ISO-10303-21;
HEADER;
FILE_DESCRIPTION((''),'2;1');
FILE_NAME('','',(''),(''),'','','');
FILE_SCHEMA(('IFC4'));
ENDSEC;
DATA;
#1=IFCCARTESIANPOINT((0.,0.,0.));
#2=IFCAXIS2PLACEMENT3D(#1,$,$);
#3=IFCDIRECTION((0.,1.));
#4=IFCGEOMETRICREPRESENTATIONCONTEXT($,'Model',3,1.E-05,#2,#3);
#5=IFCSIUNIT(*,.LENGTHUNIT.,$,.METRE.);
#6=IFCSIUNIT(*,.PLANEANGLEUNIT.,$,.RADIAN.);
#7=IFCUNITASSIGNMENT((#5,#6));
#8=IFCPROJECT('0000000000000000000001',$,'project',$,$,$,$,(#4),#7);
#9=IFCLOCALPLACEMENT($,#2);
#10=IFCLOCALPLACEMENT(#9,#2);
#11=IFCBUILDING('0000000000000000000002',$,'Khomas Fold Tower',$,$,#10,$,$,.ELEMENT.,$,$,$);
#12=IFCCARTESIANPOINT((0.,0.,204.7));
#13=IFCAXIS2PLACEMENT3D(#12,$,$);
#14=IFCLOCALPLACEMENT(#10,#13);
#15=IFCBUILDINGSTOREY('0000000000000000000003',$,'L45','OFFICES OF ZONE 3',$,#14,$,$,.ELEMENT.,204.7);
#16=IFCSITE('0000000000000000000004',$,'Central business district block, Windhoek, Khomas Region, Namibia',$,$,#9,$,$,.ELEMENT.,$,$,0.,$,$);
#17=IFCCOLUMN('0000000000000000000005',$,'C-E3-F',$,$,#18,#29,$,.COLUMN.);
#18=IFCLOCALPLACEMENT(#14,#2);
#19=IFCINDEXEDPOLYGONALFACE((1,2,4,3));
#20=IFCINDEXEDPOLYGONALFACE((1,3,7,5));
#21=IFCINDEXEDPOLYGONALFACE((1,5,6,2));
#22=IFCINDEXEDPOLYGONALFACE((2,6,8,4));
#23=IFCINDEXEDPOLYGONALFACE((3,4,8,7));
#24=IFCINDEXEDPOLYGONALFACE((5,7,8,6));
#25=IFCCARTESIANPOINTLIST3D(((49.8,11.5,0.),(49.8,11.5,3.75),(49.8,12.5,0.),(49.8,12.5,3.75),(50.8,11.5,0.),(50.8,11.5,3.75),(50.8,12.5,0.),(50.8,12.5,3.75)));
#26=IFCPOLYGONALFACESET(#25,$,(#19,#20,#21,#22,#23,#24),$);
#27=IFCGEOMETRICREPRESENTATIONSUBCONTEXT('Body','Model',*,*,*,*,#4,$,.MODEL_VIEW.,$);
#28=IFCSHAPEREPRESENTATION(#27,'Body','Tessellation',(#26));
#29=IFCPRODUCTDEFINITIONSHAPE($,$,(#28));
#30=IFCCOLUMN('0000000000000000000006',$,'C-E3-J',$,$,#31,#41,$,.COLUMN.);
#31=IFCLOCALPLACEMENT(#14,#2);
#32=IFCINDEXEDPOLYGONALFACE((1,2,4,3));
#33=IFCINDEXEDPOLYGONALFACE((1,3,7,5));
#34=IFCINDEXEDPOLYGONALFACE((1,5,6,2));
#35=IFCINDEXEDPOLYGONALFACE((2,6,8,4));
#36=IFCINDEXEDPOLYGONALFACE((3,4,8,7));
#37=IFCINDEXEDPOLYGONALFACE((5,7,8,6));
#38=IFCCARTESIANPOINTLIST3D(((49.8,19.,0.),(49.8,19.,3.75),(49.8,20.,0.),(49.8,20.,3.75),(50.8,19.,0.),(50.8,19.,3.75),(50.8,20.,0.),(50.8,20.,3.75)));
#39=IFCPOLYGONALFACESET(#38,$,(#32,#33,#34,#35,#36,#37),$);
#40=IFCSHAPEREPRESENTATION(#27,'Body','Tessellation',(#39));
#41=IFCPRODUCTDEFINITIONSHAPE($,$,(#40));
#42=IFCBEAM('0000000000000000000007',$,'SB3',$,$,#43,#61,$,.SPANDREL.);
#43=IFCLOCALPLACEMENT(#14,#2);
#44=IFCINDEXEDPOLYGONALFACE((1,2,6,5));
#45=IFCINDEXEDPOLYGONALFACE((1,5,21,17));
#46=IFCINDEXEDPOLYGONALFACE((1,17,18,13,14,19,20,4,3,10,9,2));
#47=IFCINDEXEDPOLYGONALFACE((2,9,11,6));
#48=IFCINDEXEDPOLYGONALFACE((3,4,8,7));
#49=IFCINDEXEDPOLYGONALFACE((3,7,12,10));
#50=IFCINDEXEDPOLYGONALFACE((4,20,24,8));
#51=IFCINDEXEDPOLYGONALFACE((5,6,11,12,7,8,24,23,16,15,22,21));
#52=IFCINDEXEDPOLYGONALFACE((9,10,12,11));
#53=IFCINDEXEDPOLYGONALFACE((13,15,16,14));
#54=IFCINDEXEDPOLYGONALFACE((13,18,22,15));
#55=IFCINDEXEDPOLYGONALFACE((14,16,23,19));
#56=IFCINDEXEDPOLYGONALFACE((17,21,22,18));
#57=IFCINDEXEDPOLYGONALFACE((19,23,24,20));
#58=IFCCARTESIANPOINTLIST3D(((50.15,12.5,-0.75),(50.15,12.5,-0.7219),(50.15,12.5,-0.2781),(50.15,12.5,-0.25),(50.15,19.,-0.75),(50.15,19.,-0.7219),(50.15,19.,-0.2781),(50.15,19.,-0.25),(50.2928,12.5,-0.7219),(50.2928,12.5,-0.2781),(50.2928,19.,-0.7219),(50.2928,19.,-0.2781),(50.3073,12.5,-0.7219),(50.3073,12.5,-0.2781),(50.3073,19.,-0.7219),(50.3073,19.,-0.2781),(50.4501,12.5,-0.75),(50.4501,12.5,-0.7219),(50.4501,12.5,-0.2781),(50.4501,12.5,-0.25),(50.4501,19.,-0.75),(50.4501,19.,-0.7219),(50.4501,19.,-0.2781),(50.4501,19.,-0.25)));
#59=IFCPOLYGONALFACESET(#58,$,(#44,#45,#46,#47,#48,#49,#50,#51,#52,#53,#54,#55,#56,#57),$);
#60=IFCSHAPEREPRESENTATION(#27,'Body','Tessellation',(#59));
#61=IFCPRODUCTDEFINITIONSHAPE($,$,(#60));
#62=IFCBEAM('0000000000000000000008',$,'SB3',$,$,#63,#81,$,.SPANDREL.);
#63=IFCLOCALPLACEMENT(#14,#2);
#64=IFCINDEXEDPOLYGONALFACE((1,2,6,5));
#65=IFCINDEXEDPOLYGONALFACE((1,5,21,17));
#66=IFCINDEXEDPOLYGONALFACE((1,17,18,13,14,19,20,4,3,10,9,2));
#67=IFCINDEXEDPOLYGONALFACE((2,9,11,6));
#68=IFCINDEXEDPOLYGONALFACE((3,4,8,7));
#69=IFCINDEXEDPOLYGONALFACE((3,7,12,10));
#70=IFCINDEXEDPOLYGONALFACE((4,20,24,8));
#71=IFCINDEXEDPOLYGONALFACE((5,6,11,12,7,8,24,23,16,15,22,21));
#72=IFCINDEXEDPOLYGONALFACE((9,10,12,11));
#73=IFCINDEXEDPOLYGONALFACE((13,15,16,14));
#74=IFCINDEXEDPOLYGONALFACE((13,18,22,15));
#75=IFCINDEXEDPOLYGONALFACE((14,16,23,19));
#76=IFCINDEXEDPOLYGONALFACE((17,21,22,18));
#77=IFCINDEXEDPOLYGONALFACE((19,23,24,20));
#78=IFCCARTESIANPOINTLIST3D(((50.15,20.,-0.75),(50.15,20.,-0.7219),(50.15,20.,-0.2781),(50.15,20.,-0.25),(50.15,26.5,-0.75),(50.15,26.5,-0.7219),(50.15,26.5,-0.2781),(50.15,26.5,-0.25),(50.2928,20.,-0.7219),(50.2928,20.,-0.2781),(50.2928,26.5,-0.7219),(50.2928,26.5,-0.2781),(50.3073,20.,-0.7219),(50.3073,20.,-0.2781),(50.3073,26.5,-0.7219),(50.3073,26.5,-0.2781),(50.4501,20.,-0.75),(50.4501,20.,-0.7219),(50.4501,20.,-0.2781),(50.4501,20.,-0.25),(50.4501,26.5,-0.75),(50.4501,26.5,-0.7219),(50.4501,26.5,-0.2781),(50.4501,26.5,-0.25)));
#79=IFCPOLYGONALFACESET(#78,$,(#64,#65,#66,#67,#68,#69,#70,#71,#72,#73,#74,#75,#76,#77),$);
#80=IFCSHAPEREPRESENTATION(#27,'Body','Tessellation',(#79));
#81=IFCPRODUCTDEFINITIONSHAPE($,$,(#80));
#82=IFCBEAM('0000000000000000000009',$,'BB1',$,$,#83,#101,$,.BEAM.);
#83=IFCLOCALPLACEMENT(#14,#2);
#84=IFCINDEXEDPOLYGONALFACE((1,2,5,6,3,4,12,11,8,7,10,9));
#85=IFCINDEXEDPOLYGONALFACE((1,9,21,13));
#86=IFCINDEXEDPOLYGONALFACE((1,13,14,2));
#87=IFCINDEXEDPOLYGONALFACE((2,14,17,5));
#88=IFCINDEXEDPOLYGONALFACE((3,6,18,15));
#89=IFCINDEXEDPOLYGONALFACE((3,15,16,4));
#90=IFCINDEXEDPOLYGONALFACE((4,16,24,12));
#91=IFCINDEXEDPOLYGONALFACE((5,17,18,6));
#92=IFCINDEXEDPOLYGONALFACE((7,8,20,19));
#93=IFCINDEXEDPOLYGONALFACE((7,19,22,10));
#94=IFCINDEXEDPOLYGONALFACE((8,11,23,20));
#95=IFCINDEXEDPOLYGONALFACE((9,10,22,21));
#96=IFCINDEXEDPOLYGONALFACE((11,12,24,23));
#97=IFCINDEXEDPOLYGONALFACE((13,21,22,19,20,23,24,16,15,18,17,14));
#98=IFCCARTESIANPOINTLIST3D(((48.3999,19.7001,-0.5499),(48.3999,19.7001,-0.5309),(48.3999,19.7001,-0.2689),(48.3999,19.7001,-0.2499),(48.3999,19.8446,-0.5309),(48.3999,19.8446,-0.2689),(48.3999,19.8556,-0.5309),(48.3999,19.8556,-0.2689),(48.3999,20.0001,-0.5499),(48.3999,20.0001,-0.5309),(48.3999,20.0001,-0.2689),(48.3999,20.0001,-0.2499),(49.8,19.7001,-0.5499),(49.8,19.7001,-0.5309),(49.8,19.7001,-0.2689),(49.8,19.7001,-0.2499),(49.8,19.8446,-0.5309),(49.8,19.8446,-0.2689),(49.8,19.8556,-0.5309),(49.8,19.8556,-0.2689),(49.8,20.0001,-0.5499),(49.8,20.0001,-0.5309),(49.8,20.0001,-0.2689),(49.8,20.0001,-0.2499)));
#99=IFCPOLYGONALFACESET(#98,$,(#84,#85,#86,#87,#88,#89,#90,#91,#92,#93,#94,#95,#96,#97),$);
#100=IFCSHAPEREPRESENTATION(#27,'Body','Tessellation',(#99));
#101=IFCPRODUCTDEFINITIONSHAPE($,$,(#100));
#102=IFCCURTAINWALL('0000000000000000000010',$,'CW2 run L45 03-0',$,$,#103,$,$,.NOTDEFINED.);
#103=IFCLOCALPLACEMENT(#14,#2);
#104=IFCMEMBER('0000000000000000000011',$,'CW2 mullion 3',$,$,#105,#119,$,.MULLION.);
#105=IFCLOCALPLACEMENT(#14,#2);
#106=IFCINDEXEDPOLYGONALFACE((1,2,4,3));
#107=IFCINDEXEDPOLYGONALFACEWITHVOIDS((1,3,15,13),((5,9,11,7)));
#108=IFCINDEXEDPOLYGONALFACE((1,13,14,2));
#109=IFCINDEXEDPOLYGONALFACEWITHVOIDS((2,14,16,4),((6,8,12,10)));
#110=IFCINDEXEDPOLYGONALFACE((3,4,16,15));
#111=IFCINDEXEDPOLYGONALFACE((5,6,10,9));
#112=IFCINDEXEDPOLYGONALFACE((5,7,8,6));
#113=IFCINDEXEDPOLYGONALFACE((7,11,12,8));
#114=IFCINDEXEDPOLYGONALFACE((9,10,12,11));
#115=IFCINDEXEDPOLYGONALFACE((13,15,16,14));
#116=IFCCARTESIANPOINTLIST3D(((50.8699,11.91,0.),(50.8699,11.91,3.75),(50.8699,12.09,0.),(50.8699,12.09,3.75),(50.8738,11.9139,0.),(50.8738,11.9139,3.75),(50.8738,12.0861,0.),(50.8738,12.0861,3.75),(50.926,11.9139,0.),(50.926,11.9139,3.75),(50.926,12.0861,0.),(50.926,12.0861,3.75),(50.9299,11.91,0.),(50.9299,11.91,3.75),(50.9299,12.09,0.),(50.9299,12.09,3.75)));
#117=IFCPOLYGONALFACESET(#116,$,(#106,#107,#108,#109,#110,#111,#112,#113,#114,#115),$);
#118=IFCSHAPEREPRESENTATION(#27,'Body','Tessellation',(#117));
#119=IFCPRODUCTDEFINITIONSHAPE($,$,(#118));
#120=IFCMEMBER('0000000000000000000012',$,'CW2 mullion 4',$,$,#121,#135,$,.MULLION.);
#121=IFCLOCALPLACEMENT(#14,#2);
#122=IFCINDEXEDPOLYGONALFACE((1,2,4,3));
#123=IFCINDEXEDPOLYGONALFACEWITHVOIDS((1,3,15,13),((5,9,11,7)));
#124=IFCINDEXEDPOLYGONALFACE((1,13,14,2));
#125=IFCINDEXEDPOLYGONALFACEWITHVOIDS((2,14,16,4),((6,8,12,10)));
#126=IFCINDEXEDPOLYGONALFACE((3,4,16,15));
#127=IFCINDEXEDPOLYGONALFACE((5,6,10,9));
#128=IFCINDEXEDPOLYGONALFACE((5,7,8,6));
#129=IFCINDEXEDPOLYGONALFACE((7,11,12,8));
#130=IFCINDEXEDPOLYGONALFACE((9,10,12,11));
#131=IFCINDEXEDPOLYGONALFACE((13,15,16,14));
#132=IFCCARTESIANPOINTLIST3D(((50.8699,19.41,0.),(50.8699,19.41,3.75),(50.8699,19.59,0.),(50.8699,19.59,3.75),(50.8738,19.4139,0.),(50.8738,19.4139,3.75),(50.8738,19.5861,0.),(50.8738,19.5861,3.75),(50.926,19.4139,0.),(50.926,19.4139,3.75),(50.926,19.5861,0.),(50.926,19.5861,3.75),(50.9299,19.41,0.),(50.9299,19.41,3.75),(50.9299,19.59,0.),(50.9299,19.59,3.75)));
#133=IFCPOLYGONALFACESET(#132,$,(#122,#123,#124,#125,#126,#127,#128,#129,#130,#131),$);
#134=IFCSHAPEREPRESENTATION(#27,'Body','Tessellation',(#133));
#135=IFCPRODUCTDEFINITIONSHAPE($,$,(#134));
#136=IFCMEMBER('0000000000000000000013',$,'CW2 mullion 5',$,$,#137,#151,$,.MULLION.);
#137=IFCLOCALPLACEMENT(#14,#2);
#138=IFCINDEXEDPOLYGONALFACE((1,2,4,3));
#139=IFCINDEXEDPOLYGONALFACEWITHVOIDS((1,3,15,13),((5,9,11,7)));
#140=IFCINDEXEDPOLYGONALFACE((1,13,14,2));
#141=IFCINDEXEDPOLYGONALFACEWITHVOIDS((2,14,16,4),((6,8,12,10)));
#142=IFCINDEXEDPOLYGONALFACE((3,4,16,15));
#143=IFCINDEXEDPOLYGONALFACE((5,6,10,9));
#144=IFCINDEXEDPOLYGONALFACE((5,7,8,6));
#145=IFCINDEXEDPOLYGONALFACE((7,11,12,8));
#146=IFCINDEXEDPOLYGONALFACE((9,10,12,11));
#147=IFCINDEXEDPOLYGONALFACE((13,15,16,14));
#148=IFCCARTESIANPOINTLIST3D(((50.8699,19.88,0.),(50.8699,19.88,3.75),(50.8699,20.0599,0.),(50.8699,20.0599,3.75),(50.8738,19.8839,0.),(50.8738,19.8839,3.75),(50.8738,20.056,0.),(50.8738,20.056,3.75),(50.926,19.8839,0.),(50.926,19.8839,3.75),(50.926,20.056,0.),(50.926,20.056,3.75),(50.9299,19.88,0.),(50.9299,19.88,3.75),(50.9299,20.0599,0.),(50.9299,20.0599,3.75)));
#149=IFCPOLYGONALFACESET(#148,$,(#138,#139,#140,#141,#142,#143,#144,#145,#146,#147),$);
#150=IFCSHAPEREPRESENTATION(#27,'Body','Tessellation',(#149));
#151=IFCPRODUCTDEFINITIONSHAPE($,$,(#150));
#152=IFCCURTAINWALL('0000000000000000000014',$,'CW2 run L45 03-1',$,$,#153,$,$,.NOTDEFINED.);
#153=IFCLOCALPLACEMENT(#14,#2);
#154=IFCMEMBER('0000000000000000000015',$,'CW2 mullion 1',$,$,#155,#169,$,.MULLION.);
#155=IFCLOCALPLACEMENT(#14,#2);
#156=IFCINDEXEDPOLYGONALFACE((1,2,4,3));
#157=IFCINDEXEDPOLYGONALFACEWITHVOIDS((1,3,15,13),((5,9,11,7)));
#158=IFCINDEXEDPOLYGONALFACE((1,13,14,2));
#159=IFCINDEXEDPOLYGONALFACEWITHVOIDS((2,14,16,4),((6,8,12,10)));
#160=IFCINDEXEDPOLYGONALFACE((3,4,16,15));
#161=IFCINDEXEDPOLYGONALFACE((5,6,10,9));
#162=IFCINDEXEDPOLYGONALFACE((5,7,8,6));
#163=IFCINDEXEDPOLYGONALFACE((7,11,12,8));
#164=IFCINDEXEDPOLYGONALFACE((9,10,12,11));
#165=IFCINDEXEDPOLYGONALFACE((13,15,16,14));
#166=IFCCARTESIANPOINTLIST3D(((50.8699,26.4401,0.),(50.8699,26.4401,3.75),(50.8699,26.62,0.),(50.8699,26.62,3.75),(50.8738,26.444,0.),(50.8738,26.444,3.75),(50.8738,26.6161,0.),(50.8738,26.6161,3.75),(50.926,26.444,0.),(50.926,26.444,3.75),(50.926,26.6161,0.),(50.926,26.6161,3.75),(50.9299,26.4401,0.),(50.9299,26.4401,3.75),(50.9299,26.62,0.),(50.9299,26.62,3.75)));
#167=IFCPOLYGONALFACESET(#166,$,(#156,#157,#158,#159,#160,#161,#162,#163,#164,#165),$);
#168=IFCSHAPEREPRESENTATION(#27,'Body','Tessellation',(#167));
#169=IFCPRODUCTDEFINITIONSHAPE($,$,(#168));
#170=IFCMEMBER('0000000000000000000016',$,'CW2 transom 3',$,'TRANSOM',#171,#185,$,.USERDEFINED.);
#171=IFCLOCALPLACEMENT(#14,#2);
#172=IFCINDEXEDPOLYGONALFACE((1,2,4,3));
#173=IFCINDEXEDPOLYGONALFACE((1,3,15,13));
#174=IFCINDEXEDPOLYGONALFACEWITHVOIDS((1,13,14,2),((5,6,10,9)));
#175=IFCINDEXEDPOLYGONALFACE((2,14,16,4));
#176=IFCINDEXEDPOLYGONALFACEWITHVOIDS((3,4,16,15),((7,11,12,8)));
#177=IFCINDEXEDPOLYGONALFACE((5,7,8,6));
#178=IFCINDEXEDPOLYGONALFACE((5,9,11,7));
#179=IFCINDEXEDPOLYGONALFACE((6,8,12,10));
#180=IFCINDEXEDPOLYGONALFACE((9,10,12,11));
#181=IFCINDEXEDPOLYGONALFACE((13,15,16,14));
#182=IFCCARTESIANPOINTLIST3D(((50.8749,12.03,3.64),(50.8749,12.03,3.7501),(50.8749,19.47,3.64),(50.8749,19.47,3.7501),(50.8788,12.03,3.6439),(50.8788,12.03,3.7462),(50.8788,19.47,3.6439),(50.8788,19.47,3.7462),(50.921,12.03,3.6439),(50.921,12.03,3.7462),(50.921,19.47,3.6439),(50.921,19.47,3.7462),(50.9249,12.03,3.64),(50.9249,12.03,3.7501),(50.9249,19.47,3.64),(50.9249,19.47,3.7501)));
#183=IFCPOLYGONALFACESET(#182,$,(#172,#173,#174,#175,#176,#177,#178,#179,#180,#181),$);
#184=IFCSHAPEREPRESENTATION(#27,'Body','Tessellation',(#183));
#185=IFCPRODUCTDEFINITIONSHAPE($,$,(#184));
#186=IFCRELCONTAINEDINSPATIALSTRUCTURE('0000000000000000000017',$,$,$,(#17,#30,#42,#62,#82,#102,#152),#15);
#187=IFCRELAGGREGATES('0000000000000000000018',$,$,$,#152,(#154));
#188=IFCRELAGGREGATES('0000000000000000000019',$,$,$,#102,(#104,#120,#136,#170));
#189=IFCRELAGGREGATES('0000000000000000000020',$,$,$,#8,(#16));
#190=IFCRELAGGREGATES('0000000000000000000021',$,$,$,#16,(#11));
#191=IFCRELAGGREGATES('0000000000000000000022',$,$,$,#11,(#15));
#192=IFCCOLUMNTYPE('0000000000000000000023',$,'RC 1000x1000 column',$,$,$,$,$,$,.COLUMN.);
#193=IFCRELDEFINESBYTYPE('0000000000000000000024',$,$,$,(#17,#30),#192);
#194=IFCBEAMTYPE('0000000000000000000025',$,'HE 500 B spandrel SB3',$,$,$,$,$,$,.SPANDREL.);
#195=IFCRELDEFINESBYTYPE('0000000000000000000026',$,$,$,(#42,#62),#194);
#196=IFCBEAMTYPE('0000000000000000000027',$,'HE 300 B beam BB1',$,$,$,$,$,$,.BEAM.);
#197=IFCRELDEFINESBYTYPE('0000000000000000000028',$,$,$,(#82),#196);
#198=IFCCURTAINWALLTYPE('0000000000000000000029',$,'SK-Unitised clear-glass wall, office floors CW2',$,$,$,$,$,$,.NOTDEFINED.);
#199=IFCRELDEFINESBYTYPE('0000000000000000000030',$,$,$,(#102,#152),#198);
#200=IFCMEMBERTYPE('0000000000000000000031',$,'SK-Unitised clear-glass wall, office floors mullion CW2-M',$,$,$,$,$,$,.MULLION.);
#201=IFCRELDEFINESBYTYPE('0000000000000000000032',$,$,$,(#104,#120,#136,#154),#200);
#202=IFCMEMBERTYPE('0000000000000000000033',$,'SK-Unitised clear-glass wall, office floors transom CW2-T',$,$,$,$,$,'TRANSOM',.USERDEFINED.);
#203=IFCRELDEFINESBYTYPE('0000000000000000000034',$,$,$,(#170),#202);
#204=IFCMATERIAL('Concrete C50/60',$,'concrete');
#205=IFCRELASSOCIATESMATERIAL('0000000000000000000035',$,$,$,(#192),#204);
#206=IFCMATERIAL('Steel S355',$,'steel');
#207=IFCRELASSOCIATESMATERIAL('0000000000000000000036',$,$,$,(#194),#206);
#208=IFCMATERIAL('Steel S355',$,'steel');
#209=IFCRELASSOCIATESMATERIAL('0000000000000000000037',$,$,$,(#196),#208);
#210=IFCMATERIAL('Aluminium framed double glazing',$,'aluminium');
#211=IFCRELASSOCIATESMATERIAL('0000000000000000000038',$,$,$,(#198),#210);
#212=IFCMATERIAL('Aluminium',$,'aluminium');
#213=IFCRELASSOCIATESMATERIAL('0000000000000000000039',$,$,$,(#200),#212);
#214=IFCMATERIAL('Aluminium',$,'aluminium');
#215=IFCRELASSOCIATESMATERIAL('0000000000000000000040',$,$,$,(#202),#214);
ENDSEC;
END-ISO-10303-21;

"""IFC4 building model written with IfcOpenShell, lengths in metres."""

from ifc_helpers import new_model, si_unit, direction, frame, origin, origin_2d, place, context, subcontext, project, spatial, rectangle, hollow_rectangle, i_section, extrude, source, transform, mapped, material, material_profile, profile_set, type_object, element, aggregate, save


model = new_model("IFC4")

# Units and contexts
model_context = context("Model", 3, precision=1e-05, world=origin(), true_north=direction((0.0, 1.0)))
body_context = subcontext(model_context, "Body", "Model", "MODEL_VIEW")
ifc_project = project(units=[si_unit("LENGTHUNIT", "METRE"), si_unit("PLANEANGLEUNIT", "RADIAN")], contexts=[model_context])

# Site, building, storey
site_placement = place(None, origin())
site = spatial("IfcSite", under=ifc_project, at=site_placement, Name="Central business district block, Windhoek, Khomas Region, Namibia", CompositionType="ELEMENT", RefElevation=0.0)
building_placement = place(site_placement, origin())
building = spatial("IfcBuilding", under=site, at=building_placement, Name="Khomas Fold Tower", CompositionType="ELEMENT")
storey_placement = place(building_placement, frame((0.0, 0.0, 204.7)))
storey = spatial("IfcBuildingStorey", under=building, at=storey_placement, Name="L45", Description="OFFICES OF ZONE 3", CompositionType="ELEMENT", Elevation=204.7)

# Columns
ifc_material_1 = material(Name="Concrete C50/60", Category="concrete")
ifc_material_profile_1 = material_profile(ifc_material_1, rectangle(XDim=1.0, YDim=1.0, at=origin_2d()), Name="RC 1000x1000")
ifc_profile_set_1 = profile_set([ifc_material_profile_1], Name="Concrete C50/60")
column_type = type_object("IfcColumnType", Name="RC 1000x1000 column", PredefinedType="COLUMN", material=ifc_profile_set_1)
shared_shape_1 = source(origin(), body_context, "Body", "SweptSolid", [
    extrude(rectangle(XDim=1.0, YDim=1.0, at=origin_2d()), origin(), (0.0, 0.0, 1.0), 3.75),
])
for number, where, z_axis, x_axis, name in (
    (1, (50.3, 12.0, 0.0), (0.0, 0.0, 1.0), (1.0, 0.0, 0.0), "C-E3-F"),
    (2, (50.3, 19.5, 0.0), (0.0, 0.0, 1.0), (1.0, 0.0, 0.0), "C-E3-J"),
):
    element("IfcColumn", number, at=place(storey_placement, frame(where, z_axis=z_axis, x_axis=x_axis)), inside=storey, type_object=column_type, Name=name, PredefinedType="COLUMN", context=body_context, shape_type="MappedRepresentation", body=[
        mapped(shared_shape_1, transform((0.0, 0.0, 0.0))),
    ])

# Beams
ifc_material_2 = material(Name="Steel S355", Category="steel")
ifc_material_profile_2 = material_profile(ifc_material_2, i_section(OverallWidth=0.3, OverallDepth=0.5, WebThickness=0.0144, FlangeThickness=0.0281, at=origin_2d()), Name="HE 500 B")
ifc_profile_set_2 = profile_set([ifc_material_profile_2], Name="Steel S355")
beam_type_1 = type_object("IfcBeamType", Name="HE 500 B spandrel SB3", PredefinedType="SPANDREL", material=ifc_profile_set_2)
shared_shape_2 = source(origin(), body_context, "Body", "SweptSolid", [
    extrude(i_section(OverallWidth=0.3, OverallDepth=0.5, WebThickness=0.0144, FlangeThickness=0.0281, at=origin_2d()), origin(), (0.0, 0.0, 1.0), 6.5),
])
for number, where, z_axis, x_axis, name in (
    (3, (50.3, 12.5, -0.5), (0.0, 1.0, 0.0), (-1.0, 0.0, 0.0), "SB3"),
    (4, (50.3, 20.0, -0.5), (0.0, 1.0, 0.0), (-1.0, 0.0, 0.0), "SB3"),
):
    element("IfcBeam", number, at=place(storey_placement, frame(where, z_axis=z_axis, x_axis=x_axis)), inside=storey, type_object=beam_type_1, Name=name, PredefinedType="SPANDREL", context=body_context, shape_type="MappedRepresentation", body=[
        mapped(shared_shape_2, transform((0.0, 0.0, 0.0))),
    ])
ifc_material_3 = material(Name="Steel S355", Category="steel")
ifc_material_profile_3 = material_profile(ifc_material_3, i_section(OverallWidth=0.3, OverallDepth=0.3, WebThickness=0.011, FlangeThickness=0.019, at=origin_2d()), Name="HE 300 B")
ifc_profile_set_3 = profile_set([ifc_material_profile_3], Name="Steel S355")
beam_type_2 = type_object("IfcBeamType", Name="HE 300 B beam BB1", PredefinedType="BEAM", material=ifc_profile_set_3)
shared_shape_3 = source(origin(), body_context, "Body", "SweptSolid", [
    extrude(i_section(OverallWidth=0.3, OverallDepth=0.3, WebThickness=0.011, FlangeThickness=0.019, at=origin_2d()), origin(), (0.0, 0.0, 1.0), 1.4001),
])
beam_placement = place(storey_placement, frame((48.3999, 19.8501, -0.3999), z_axis=(1.0, 0.0, 0.0), x_axis=(0.0, 1.0, 0.0)))
element("IfcBeam", 5, at=beam_placement, inside=storey, type_object=beam_type_2, Name="BB1", PredefinedType="BEAM", context=body_context, shape_type="MappedRepresentation", body=[
    mapped(shared_shape_3, transform((0.0, 0.0, 0.0))),
])

# Curtain wall, members
ifc_material_4 = material(Name="Aluminium framed double glazing", Category="aluminium")
curtain_wall_type = type_object("IfcCurtainWallType", Name="SK-Unitised clear-glass wall, office floors CW2", PredefinedType="NOTDEFINED", material=ifc_material_4)
curtain_wall_1_placement = place(storey_placement, origin())
curtain_wall_1 = element("IfcCurtainWall", 6, at=curtain_wall_1_placement, inside=storey, type_object=curtain_wall_type, Name="CW2 run L45 03-0", PredefinedType="NOTDEFINED")
ifc_material_5 = material(Name="Aluminium", Category="aluminium")
ifc_material_profile_4 = material_profile(ifc_material_5, hollow_rectangle(XDim=0.0601, YDim=0.1799, WallThickness=0.0039, at=origin_2d()), Name="SK-Unitised clear-glass wall, office floors mullion CW2-M")
ifc_profile_set_4 = profile_set([ifc_material_profile_4], Name="Aluminium")
member_type_1 = type_object("IfcMemberType", Name="SK-Unitised clear-glass wall, office floors mullion CW2-M", PredefinedType="MULLION", material=ifc_profile_set_4)
shared_shape_4 = source(origin(), body_context, "Body", "SweptSolid", [
    extrude(hollow_rectangle(XDim=0.0601, YDim=0.1799, WallThickness=0.0039, at=origin_2d()), origin(), (0.0, 0.0, 1.0), 3.75),
])
member_1_placement = place(storey_placement, frame((50.8999, 12.0, 0.0), z_axis=(0.0, 0.0, 1.0), x_axis=(-1.0, 0.0, 0.0)))
member_1 = element("IfcMember", 7, at=member_1_placement, type_object=member_type_1, Name="CW2 mullion 3", PredefinedType="MULLION", context=body_context, shape_type="MappedRepresentation", body=[
    mapped(shared_shape_4, transform((0.0, 0.0, 0.0))),
])
member_2_placement = place(storey_placement, frame((50.8999, 19.5, 0.0), z_axis=(0.0, 0.0, 1.0), x_axis=(-1.0, 0.0, 0.0)))
member_2 = element("IfcMember", 8, at=member_2_placement, type_object=member_type_1, Name="CW2 mullion 4", PredefinedType="MULLION", context=body_context, shape_type="MappedRepresentation", body=[
    mapped(shared_shape_4, transform((0.0, 0.0, 0.0))),
])
member_3_placement = place(storey_placement, frame((50.8999, 19.97, 0.0), z_axis=(0.0, 0.0, 1.0), x_axis=(-1.0, 0.0, 0.0)))
member_3 = element("IfcMember", 9, at=member_3_placement, type_object=member_type_1, Name="CW2 mullion 5", PredefinedType="MULLION", context=body_context, shape_type="MappedRepresentation", body=[
    mapped(shared_shape_4, transform((0.0, 0.0, 0.0))),
])

# Curtain wall, member
curtain_wall_2_placement = place(storey_placement, origin())
curtain_wall_2 = element("IfcCurtainWall", 10, at=curtain_wall_2_placement, inside=storey, type_object=curtain_wall_type, Name="CW2 run L45 03-1", PredefinedType="NOTDEFINED")
member_4_placement = place(storey_placement, frame((50.8999, 26.53, 0.0), z_axis=(0.0, 0.0, 1.0), x_axis=(-1.0, 0.0, 0.0)))
member_4 = element("IfcMember", 11, at=member_4_placement, type_object=member_type_1, Name="CW2 mullion 1", PredefinedType="MULLION", context=body_context, shape_type="MappedRepresentation", body=[
    mapped(shared_shape_4, transform((0.0, 0.0, 0.0))),
])

# Member
ifc_material_6 = material(Name="Aluminium", Category="aluminium")
ifc_material_profile_5 = material_profile(ifc_material_6, hollow_rectangle(XDim=0.05, YDim=0.1101, WallThickness=0.0039, at=origin_2d()), Name="SK-Unitised clear-glass wall, office floors transom CW2-T")
ifc_profile_set_5 = profile_set([ifc_material_profile_5], Name="Aluminium")
member_type_2 = type_object("IfcMemberType", Name="SK-Unitised clear-glass wall, office floors transom CW2-T", ElementType="TRANSOM", PredefinedType="USERDEFINED", material=ifc_profile_set_5)
shared_shape_5 = source(origin(), body_context, "Body", "SweptSolid", [
    extrude(hollow_rectangle(XDim=0.05, YDim=0.1101, WallThickness=0.0039, at=origin_2d()), origin(), (0.0, 0.0, 1.0), 7.4399),
])
member_5_placement = place(storey_placement, frame((50.8999, 12.03, 3.6951), z_axis=(0.0, 1.0, 0.0), x_axis=(-1.0, 0.0, 0.0)))
member_5 = element("IfcMember", 12, at=member_5_placement, type_object=member_type_2, Name="CW2 transom 3", ObjectType="TRANSOM", PredefinedType="USERDEFINED", context=body_context, shape_type="MappedRepresentation", body=[
    mapped(shared_shape_5, transform((0.0, 0.0, 0.0))),
])
aggregate(curtain_wall_2, [member_4])

aggregate(curtain_wall_1, [member_1, member_2, member_3, member_5])

save(model, "model.ifc")
